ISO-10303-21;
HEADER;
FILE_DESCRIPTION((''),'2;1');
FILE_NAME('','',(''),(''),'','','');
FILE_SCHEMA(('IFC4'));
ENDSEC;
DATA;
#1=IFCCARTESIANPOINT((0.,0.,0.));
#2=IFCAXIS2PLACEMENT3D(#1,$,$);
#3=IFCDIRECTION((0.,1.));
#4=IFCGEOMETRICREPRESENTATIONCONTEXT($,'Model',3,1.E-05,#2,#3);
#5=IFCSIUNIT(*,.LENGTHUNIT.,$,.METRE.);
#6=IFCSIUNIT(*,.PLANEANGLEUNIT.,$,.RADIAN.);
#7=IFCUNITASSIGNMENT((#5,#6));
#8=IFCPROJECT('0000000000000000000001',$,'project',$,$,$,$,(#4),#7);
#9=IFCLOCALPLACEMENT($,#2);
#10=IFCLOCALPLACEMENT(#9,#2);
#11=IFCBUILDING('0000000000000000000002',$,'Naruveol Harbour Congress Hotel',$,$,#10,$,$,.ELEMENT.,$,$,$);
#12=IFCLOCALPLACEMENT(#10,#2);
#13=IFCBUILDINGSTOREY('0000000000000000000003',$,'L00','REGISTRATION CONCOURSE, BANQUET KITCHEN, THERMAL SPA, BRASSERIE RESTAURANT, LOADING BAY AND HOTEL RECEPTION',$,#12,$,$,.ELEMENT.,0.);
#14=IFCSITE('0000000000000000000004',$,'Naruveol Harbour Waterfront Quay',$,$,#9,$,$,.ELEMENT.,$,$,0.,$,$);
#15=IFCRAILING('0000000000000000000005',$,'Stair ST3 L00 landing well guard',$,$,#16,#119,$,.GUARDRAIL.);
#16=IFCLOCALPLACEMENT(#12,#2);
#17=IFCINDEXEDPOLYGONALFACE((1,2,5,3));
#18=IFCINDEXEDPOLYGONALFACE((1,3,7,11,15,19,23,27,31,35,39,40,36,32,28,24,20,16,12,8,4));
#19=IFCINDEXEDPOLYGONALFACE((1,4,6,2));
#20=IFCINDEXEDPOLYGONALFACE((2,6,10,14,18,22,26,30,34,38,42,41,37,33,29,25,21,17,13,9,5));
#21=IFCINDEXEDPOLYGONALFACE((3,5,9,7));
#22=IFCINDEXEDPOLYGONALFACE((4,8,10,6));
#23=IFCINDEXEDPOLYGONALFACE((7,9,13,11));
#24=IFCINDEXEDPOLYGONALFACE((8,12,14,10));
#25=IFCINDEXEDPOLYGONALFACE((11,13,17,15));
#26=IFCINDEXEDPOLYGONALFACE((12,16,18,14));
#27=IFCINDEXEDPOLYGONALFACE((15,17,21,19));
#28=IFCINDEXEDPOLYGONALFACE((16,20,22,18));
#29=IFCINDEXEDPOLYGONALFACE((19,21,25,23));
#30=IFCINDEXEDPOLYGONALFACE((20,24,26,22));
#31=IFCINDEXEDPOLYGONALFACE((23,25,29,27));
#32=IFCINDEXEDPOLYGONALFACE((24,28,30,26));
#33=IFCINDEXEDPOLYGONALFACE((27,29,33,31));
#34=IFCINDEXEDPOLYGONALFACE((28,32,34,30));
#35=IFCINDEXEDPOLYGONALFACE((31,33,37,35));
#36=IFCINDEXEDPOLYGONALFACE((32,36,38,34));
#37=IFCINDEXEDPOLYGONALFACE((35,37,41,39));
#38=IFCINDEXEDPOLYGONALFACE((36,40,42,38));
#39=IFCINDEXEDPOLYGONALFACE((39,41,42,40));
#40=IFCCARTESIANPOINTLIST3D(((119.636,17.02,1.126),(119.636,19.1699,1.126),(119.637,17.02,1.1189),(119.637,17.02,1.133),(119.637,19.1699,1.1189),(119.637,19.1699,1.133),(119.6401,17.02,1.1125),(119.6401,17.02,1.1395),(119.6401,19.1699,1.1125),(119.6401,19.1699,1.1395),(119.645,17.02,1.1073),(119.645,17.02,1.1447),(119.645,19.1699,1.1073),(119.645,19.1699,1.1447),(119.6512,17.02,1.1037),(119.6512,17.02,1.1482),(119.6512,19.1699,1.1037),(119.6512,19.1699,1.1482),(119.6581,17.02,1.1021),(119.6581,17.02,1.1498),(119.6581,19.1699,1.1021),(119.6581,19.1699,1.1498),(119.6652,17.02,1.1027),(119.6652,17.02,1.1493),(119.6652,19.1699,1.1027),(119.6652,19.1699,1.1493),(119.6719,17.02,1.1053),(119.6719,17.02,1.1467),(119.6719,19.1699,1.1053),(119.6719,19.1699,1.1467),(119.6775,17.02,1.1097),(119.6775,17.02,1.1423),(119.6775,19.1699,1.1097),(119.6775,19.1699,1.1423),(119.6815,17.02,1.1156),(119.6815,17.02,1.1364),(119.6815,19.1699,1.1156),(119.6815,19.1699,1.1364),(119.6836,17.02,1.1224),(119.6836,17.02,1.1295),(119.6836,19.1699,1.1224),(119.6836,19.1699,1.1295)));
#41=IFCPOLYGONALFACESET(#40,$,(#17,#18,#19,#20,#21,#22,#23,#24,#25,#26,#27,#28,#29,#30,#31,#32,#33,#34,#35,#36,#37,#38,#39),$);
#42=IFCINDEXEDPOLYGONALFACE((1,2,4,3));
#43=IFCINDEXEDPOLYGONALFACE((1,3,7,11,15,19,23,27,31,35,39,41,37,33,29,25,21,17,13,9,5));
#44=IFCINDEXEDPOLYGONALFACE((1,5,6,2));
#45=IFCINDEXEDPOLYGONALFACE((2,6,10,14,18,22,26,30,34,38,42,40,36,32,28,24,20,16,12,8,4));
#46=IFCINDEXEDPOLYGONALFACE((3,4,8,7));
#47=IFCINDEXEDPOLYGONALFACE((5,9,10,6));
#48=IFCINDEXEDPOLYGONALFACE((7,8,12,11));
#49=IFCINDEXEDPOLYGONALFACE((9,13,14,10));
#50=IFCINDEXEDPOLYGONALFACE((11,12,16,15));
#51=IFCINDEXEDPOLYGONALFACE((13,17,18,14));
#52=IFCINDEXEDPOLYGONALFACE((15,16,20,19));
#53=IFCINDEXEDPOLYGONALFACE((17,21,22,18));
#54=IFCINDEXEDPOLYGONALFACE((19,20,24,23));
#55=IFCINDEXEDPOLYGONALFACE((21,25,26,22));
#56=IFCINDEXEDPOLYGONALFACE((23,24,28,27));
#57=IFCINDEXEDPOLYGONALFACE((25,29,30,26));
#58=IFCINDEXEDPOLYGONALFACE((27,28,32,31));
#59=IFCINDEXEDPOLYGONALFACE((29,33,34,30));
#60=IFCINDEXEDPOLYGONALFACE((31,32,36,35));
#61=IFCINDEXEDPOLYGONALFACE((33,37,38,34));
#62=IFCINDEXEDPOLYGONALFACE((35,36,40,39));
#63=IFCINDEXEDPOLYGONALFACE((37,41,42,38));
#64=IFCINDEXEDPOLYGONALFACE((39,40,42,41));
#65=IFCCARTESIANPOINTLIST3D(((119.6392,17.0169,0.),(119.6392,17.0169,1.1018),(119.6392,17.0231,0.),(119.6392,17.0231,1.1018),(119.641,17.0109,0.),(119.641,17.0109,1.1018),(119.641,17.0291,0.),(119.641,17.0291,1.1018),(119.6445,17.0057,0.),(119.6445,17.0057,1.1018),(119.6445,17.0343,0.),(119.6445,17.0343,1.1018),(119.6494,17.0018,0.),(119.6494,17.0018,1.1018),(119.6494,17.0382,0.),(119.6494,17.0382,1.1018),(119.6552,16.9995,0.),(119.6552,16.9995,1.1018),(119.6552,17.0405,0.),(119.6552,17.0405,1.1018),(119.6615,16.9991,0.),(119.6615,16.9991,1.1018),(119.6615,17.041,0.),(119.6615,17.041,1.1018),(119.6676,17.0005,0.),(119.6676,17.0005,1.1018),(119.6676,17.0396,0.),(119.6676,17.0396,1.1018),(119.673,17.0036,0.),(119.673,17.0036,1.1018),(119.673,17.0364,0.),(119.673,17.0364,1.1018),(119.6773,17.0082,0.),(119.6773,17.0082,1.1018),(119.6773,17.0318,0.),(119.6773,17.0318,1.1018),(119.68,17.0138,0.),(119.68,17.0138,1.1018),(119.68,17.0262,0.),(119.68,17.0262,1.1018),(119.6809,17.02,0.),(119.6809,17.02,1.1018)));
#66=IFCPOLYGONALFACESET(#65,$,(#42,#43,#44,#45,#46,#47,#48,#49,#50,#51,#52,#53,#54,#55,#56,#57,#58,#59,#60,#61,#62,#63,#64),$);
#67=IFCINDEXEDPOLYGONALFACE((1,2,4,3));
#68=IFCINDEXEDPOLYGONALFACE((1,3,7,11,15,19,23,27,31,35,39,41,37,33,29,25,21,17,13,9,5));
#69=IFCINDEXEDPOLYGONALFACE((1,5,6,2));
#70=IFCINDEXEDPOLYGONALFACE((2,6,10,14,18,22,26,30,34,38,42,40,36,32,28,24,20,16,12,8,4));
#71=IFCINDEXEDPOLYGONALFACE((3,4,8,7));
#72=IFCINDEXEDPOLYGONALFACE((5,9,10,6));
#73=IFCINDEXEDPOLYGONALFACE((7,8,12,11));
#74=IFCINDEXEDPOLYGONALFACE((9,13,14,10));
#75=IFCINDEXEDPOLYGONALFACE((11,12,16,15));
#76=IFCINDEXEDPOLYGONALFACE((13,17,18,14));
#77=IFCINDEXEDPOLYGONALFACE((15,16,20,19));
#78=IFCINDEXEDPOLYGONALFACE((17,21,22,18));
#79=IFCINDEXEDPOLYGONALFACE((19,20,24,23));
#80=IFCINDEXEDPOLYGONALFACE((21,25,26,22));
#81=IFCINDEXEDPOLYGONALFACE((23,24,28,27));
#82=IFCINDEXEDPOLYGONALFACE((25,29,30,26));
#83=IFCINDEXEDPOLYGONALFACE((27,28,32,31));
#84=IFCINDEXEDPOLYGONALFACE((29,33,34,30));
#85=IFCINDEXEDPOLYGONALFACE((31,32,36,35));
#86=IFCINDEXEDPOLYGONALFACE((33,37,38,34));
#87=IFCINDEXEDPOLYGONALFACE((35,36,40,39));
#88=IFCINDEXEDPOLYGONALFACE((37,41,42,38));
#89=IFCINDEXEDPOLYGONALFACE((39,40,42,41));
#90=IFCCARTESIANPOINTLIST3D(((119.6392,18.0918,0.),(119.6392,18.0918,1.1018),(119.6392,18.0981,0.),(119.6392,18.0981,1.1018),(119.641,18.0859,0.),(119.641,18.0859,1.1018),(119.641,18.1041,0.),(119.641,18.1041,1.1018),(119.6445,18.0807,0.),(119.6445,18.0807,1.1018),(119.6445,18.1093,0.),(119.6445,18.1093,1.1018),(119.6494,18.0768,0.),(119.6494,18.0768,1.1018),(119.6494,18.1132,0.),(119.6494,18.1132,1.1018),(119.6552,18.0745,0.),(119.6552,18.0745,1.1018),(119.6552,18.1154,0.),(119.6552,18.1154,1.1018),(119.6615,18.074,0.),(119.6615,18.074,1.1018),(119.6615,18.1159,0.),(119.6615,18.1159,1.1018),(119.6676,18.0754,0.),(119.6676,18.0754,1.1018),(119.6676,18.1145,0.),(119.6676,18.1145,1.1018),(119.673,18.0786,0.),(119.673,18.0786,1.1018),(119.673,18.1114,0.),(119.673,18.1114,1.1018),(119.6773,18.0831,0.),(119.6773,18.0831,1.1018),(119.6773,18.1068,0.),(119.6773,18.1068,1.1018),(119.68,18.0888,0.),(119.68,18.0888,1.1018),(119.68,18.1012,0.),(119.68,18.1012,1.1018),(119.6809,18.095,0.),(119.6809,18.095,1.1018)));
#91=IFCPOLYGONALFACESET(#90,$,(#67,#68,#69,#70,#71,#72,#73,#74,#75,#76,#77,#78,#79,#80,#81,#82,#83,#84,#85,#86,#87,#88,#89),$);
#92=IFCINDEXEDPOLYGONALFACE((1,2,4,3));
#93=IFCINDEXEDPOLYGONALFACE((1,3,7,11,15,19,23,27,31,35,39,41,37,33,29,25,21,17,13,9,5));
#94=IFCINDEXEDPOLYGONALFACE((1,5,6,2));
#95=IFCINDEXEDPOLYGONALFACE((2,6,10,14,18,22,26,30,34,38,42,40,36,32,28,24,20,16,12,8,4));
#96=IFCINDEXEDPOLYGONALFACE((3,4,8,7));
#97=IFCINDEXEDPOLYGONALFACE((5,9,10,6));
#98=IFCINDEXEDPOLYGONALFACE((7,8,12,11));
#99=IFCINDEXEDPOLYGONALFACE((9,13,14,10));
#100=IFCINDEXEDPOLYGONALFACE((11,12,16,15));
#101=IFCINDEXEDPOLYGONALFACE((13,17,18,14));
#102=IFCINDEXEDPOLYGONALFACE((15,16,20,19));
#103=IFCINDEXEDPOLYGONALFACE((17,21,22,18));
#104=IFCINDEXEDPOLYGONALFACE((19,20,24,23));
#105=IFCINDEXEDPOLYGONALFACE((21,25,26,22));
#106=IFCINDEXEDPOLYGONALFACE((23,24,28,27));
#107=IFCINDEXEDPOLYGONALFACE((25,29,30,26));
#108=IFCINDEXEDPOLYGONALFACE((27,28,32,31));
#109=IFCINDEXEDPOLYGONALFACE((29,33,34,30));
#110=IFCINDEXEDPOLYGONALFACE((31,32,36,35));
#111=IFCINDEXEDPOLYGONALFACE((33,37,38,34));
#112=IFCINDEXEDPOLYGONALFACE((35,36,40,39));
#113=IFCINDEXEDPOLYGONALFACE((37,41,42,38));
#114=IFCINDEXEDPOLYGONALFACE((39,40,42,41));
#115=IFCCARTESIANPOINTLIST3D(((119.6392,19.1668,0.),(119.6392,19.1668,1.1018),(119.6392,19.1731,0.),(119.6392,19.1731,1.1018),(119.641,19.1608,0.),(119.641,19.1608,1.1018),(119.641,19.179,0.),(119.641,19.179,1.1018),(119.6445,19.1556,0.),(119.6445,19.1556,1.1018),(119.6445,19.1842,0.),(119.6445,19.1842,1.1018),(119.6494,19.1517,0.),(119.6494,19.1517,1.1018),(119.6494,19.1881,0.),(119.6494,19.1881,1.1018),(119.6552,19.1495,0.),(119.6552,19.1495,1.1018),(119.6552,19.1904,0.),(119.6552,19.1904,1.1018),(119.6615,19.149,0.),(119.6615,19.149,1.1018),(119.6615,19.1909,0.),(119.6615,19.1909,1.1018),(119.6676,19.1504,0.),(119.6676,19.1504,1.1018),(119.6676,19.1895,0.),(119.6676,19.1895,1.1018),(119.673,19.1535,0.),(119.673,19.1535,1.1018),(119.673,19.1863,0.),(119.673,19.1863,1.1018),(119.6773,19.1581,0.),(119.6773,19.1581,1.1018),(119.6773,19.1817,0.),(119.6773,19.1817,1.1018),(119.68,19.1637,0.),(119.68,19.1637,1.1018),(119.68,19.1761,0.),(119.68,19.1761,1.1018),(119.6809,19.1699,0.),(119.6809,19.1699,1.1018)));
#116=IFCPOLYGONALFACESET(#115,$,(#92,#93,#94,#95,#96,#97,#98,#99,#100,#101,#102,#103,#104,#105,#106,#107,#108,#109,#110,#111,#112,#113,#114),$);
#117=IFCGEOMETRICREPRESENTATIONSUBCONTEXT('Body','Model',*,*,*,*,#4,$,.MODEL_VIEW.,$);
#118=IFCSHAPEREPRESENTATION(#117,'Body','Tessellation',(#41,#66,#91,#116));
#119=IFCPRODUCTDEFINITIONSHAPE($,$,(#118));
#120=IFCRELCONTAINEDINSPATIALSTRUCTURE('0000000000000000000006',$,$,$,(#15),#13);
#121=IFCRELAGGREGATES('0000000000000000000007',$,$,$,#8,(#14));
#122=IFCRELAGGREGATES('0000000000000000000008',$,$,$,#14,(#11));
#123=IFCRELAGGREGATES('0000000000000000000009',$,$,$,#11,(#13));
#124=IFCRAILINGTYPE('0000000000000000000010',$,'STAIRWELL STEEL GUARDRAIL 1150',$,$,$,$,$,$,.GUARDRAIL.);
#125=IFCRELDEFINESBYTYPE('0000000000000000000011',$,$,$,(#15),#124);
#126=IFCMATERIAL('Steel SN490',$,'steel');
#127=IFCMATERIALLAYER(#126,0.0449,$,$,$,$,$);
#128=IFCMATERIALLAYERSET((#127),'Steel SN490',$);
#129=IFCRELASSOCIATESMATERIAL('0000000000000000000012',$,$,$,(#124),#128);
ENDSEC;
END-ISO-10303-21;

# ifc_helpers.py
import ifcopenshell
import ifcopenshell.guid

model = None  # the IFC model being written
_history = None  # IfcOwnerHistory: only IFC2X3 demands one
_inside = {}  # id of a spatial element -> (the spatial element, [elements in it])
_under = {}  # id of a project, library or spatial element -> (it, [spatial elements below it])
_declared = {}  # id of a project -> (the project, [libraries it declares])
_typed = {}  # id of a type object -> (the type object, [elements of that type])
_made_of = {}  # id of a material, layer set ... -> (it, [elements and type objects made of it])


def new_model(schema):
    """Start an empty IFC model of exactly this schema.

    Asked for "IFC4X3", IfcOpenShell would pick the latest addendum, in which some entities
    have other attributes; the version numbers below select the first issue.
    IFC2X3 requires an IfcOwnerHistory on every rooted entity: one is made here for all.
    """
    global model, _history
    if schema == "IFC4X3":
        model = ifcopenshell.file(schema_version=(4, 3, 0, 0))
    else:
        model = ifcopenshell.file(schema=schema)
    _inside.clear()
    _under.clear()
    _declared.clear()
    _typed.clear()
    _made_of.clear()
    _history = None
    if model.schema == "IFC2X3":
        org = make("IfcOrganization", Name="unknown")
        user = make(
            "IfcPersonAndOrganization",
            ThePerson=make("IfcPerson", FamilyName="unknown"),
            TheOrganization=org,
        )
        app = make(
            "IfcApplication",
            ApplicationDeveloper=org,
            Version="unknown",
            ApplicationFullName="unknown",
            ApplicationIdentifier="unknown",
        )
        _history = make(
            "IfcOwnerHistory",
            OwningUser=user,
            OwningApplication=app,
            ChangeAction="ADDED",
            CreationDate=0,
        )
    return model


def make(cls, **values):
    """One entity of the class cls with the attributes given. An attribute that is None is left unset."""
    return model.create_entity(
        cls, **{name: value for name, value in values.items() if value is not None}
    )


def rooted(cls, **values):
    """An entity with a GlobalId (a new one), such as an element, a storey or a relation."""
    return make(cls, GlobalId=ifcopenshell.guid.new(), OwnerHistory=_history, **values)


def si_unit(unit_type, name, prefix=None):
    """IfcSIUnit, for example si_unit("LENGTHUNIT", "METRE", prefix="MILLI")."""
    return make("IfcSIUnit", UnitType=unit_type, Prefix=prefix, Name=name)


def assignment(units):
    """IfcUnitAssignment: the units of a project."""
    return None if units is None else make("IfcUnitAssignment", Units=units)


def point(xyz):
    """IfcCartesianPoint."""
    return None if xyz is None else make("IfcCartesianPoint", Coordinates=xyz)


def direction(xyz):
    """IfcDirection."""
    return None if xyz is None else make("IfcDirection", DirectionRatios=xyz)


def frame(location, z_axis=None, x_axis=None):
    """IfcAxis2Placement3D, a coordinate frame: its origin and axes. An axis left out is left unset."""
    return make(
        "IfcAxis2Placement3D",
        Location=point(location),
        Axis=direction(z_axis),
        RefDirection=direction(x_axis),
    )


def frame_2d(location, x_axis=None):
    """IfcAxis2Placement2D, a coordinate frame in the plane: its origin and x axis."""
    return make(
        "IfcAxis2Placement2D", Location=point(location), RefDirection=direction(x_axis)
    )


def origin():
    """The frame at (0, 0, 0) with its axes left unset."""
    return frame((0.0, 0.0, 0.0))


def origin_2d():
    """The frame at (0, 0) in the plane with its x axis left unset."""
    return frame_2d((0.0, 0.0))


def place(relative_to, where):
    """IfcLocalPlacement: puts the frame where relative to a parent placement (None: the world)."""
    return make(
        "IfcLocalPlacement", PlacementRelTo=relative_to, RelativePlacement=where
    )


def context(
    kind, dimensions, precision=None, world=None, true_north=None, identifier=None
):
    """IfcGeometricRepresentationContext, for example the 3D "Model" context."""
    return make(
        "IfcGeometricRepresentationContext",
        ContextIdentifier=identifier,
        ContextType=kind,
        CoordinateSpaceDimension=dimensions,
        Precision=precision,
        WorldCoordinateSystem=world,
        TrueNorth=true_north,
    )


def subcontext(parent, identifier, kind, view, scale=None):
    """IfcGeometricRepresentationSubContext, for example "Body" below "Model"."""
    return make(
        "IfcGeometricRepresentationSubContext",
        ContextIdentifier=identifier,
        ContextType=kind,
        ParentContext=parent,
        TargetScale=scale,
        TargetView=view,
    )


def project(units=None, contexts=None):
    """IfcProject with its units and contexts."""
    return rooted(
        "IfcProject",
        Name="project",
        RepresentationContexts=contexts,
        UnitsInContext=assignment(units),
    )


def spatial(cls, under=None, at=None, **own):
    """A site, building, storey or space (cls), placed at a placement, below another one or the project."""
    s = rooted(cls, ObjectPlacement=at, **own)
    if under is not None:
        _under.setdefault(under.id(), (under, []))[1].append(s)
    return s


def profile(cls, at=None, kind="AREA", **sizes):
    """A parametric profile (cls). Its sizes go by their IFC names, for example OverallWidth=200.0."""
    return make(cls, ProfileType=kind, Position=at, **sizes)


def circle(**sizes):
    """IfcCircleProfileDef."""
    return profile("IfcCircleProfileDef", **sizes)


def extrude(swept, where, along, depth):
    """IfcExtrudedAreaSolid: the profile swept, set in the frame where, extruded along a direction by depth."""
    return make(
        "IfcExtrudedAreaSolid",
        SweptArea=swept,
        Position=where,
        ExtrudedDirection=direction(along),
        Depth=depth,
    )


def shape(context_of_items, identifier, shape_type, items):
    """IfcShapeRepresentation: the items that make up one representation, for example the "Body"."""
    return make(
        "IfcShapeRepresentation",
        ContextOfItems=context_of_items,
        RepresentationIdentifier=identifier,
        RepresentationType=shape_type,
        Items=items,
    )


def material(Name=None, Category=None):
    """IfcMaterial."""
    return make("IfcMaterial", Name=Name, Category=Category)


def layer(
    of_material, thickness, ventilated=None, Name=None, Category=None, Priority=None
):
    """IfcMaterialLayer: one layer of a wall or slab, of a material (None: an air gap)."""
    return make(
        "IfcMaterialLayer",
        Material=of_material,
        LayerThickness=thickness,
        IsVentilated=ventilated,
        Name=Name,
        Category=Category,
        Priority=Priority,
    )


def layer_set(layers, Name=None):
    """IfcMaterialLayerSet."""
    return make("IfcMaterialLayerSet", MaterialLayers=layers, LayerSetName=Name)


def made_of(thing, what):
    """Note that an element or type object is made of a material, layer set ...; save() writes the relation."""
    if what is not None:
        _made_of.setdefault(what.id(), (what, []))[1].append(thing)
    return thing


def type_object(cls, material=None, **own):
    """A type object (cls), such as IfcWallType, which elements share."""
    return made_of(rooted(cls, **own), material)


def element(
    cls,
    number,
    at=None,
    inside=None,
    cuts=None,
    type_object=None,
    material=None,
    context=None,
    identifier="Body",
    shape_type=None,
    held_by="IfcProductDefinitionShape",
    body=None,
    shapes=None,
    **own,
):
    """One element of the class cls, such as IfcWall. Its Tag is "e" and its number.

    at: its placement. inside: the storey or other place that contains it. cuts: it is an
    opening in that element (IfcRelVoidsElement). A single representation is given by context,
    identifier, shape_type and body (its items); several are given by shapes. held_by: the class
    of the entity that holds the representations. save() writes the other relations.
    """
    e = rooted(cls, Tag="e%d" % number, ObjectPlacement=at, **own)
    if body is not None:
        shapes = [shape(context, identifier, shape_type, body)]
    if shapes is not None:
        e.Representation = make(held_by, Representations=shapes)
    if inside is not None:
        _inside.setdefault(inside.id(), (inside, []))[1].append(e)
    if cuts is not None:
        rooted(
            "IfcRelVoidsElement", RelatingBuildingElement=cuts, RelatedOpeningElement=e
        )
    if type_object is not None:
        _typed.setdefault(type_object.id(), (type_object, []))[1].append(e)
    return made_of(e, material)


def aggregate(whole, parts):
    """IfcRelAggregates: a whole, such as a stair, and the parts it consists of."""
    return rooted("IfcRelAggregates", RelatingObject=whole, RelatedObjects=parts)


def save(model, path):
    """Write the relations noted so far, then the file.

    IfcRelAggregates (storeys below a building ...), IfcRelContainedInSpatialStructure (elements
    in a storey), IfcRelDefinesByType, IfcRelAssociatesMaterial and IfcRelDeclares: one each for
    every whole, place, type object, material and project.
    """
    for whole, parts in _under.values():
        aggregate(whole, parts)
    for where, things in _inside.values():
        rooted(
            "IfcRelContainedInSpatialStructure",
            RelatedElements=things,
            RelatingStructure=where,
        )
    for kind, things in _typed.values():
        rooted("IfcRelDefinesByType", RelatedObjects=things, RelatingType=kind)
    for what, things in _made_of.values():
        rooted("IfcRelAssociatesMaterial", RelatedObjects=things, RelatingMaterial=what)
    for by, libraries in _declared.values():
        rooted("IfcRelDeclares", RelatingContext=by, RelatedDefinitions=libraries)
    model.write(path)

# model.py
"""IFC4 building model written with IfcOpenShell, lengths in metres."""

from ifc_helpers import new_model, si_unit, direction, frame, origin, origin_2d, place, context, subcontext, project, spatial, circle, extrude, material, layer, layer_set, type_object, element, save


model = new_model("IFC4")

# Units and contexts
model_context = context("Model", 3, precision=1e-05, world=origin(), true_north=direction((0.0, 1.0)))
body_context = subcontext(model_context, "Body", "Model", "MODEL_VIEW")
ifc_project = project(units=[si_unit("LENGTHUNIT", "METRE"), si_unit("PLANEANGLEUNIT", "RADIAN")], contexts=[model_context])

# Site, building, storey
site_placement = place(None, origin())
site = spatial("IfcSite", under=ifc_project, at=site_placement, Name="Naruveol Harbour Waterfront Quay", CompositionType="ELEMENT", RefElevation=0.0)
building_placement = place(site_placement, origin())
building = spatial("IfcBuilding", under=site, at=building_placement, Name="Naruveol Harbour Congress Hotel", CompositionType="ELEMENT")
storey_placement = place(building_placement, origin())
storey = spatial("IfcBuildingStorey", under=building, at=storey_placement, Name="L00", Description="REGISTRATION CONCOURSE, BANQUET KITCHEN, THERMAL SPA, BRASSERIE RESTAURANT, LOADING BAY AND HOTEL RECEPTION", CompositionType="ELEMENT", Elevation=0.0)

# Railing
ifc_material_1 = material(Name="Steel SN490", Category="steel")
ifc_layer_1 = layer(ifc_material_1, 0.0449)
ifc_layer_set_1 = layer_set([ifc_layer_1], Name="Steel SN490")
railing_type_1 = type_object("IfcRailingType", Name="STAIRWELL STEEL GUARDRAIL 1150", PredefinedType="GUARDRAIL", material=ifc_layer_set_1)
railing_1_placement = place(storey_placement, frame((119.6599, 17.02, 0.0)))
element("IfcRailing", 1, at=railing_1_placement, inside=storey, type_object=railing_type_1, Name="Stair ST3 L00 landing well guard", PredefinedType="GUARDRAIL", context=body_context, shape_type="SweptSolid", body=[
    extrude(circle(Radius=0.0239, at=origin_2d()), frame((0.0, 0.0, 1.126), z_axis=(0.0, 1.0, 0.0), x_axis=(-1.0, 0.0, 0.0)), (0.0, 0.0, 1.0), 2.1499),
    extrude(circle(Radius=0.021, at=origin_2d()), origin(), (0.0, 0.0, 1.0), 1.1018),
    extrude(circle(Radius=0.021, at=origin_2d()), frame((0.0, 1.075, 0.0)), (0.0, 0.0, 1.0), 1.1018),
    extrude(circle(Radius=0.021, at=origin_2d()), frame((0.0, 2.1499, 0.0)), (0.0, 0.0, 1.0), 1.1018),
])

save(model, "model.ifc")
